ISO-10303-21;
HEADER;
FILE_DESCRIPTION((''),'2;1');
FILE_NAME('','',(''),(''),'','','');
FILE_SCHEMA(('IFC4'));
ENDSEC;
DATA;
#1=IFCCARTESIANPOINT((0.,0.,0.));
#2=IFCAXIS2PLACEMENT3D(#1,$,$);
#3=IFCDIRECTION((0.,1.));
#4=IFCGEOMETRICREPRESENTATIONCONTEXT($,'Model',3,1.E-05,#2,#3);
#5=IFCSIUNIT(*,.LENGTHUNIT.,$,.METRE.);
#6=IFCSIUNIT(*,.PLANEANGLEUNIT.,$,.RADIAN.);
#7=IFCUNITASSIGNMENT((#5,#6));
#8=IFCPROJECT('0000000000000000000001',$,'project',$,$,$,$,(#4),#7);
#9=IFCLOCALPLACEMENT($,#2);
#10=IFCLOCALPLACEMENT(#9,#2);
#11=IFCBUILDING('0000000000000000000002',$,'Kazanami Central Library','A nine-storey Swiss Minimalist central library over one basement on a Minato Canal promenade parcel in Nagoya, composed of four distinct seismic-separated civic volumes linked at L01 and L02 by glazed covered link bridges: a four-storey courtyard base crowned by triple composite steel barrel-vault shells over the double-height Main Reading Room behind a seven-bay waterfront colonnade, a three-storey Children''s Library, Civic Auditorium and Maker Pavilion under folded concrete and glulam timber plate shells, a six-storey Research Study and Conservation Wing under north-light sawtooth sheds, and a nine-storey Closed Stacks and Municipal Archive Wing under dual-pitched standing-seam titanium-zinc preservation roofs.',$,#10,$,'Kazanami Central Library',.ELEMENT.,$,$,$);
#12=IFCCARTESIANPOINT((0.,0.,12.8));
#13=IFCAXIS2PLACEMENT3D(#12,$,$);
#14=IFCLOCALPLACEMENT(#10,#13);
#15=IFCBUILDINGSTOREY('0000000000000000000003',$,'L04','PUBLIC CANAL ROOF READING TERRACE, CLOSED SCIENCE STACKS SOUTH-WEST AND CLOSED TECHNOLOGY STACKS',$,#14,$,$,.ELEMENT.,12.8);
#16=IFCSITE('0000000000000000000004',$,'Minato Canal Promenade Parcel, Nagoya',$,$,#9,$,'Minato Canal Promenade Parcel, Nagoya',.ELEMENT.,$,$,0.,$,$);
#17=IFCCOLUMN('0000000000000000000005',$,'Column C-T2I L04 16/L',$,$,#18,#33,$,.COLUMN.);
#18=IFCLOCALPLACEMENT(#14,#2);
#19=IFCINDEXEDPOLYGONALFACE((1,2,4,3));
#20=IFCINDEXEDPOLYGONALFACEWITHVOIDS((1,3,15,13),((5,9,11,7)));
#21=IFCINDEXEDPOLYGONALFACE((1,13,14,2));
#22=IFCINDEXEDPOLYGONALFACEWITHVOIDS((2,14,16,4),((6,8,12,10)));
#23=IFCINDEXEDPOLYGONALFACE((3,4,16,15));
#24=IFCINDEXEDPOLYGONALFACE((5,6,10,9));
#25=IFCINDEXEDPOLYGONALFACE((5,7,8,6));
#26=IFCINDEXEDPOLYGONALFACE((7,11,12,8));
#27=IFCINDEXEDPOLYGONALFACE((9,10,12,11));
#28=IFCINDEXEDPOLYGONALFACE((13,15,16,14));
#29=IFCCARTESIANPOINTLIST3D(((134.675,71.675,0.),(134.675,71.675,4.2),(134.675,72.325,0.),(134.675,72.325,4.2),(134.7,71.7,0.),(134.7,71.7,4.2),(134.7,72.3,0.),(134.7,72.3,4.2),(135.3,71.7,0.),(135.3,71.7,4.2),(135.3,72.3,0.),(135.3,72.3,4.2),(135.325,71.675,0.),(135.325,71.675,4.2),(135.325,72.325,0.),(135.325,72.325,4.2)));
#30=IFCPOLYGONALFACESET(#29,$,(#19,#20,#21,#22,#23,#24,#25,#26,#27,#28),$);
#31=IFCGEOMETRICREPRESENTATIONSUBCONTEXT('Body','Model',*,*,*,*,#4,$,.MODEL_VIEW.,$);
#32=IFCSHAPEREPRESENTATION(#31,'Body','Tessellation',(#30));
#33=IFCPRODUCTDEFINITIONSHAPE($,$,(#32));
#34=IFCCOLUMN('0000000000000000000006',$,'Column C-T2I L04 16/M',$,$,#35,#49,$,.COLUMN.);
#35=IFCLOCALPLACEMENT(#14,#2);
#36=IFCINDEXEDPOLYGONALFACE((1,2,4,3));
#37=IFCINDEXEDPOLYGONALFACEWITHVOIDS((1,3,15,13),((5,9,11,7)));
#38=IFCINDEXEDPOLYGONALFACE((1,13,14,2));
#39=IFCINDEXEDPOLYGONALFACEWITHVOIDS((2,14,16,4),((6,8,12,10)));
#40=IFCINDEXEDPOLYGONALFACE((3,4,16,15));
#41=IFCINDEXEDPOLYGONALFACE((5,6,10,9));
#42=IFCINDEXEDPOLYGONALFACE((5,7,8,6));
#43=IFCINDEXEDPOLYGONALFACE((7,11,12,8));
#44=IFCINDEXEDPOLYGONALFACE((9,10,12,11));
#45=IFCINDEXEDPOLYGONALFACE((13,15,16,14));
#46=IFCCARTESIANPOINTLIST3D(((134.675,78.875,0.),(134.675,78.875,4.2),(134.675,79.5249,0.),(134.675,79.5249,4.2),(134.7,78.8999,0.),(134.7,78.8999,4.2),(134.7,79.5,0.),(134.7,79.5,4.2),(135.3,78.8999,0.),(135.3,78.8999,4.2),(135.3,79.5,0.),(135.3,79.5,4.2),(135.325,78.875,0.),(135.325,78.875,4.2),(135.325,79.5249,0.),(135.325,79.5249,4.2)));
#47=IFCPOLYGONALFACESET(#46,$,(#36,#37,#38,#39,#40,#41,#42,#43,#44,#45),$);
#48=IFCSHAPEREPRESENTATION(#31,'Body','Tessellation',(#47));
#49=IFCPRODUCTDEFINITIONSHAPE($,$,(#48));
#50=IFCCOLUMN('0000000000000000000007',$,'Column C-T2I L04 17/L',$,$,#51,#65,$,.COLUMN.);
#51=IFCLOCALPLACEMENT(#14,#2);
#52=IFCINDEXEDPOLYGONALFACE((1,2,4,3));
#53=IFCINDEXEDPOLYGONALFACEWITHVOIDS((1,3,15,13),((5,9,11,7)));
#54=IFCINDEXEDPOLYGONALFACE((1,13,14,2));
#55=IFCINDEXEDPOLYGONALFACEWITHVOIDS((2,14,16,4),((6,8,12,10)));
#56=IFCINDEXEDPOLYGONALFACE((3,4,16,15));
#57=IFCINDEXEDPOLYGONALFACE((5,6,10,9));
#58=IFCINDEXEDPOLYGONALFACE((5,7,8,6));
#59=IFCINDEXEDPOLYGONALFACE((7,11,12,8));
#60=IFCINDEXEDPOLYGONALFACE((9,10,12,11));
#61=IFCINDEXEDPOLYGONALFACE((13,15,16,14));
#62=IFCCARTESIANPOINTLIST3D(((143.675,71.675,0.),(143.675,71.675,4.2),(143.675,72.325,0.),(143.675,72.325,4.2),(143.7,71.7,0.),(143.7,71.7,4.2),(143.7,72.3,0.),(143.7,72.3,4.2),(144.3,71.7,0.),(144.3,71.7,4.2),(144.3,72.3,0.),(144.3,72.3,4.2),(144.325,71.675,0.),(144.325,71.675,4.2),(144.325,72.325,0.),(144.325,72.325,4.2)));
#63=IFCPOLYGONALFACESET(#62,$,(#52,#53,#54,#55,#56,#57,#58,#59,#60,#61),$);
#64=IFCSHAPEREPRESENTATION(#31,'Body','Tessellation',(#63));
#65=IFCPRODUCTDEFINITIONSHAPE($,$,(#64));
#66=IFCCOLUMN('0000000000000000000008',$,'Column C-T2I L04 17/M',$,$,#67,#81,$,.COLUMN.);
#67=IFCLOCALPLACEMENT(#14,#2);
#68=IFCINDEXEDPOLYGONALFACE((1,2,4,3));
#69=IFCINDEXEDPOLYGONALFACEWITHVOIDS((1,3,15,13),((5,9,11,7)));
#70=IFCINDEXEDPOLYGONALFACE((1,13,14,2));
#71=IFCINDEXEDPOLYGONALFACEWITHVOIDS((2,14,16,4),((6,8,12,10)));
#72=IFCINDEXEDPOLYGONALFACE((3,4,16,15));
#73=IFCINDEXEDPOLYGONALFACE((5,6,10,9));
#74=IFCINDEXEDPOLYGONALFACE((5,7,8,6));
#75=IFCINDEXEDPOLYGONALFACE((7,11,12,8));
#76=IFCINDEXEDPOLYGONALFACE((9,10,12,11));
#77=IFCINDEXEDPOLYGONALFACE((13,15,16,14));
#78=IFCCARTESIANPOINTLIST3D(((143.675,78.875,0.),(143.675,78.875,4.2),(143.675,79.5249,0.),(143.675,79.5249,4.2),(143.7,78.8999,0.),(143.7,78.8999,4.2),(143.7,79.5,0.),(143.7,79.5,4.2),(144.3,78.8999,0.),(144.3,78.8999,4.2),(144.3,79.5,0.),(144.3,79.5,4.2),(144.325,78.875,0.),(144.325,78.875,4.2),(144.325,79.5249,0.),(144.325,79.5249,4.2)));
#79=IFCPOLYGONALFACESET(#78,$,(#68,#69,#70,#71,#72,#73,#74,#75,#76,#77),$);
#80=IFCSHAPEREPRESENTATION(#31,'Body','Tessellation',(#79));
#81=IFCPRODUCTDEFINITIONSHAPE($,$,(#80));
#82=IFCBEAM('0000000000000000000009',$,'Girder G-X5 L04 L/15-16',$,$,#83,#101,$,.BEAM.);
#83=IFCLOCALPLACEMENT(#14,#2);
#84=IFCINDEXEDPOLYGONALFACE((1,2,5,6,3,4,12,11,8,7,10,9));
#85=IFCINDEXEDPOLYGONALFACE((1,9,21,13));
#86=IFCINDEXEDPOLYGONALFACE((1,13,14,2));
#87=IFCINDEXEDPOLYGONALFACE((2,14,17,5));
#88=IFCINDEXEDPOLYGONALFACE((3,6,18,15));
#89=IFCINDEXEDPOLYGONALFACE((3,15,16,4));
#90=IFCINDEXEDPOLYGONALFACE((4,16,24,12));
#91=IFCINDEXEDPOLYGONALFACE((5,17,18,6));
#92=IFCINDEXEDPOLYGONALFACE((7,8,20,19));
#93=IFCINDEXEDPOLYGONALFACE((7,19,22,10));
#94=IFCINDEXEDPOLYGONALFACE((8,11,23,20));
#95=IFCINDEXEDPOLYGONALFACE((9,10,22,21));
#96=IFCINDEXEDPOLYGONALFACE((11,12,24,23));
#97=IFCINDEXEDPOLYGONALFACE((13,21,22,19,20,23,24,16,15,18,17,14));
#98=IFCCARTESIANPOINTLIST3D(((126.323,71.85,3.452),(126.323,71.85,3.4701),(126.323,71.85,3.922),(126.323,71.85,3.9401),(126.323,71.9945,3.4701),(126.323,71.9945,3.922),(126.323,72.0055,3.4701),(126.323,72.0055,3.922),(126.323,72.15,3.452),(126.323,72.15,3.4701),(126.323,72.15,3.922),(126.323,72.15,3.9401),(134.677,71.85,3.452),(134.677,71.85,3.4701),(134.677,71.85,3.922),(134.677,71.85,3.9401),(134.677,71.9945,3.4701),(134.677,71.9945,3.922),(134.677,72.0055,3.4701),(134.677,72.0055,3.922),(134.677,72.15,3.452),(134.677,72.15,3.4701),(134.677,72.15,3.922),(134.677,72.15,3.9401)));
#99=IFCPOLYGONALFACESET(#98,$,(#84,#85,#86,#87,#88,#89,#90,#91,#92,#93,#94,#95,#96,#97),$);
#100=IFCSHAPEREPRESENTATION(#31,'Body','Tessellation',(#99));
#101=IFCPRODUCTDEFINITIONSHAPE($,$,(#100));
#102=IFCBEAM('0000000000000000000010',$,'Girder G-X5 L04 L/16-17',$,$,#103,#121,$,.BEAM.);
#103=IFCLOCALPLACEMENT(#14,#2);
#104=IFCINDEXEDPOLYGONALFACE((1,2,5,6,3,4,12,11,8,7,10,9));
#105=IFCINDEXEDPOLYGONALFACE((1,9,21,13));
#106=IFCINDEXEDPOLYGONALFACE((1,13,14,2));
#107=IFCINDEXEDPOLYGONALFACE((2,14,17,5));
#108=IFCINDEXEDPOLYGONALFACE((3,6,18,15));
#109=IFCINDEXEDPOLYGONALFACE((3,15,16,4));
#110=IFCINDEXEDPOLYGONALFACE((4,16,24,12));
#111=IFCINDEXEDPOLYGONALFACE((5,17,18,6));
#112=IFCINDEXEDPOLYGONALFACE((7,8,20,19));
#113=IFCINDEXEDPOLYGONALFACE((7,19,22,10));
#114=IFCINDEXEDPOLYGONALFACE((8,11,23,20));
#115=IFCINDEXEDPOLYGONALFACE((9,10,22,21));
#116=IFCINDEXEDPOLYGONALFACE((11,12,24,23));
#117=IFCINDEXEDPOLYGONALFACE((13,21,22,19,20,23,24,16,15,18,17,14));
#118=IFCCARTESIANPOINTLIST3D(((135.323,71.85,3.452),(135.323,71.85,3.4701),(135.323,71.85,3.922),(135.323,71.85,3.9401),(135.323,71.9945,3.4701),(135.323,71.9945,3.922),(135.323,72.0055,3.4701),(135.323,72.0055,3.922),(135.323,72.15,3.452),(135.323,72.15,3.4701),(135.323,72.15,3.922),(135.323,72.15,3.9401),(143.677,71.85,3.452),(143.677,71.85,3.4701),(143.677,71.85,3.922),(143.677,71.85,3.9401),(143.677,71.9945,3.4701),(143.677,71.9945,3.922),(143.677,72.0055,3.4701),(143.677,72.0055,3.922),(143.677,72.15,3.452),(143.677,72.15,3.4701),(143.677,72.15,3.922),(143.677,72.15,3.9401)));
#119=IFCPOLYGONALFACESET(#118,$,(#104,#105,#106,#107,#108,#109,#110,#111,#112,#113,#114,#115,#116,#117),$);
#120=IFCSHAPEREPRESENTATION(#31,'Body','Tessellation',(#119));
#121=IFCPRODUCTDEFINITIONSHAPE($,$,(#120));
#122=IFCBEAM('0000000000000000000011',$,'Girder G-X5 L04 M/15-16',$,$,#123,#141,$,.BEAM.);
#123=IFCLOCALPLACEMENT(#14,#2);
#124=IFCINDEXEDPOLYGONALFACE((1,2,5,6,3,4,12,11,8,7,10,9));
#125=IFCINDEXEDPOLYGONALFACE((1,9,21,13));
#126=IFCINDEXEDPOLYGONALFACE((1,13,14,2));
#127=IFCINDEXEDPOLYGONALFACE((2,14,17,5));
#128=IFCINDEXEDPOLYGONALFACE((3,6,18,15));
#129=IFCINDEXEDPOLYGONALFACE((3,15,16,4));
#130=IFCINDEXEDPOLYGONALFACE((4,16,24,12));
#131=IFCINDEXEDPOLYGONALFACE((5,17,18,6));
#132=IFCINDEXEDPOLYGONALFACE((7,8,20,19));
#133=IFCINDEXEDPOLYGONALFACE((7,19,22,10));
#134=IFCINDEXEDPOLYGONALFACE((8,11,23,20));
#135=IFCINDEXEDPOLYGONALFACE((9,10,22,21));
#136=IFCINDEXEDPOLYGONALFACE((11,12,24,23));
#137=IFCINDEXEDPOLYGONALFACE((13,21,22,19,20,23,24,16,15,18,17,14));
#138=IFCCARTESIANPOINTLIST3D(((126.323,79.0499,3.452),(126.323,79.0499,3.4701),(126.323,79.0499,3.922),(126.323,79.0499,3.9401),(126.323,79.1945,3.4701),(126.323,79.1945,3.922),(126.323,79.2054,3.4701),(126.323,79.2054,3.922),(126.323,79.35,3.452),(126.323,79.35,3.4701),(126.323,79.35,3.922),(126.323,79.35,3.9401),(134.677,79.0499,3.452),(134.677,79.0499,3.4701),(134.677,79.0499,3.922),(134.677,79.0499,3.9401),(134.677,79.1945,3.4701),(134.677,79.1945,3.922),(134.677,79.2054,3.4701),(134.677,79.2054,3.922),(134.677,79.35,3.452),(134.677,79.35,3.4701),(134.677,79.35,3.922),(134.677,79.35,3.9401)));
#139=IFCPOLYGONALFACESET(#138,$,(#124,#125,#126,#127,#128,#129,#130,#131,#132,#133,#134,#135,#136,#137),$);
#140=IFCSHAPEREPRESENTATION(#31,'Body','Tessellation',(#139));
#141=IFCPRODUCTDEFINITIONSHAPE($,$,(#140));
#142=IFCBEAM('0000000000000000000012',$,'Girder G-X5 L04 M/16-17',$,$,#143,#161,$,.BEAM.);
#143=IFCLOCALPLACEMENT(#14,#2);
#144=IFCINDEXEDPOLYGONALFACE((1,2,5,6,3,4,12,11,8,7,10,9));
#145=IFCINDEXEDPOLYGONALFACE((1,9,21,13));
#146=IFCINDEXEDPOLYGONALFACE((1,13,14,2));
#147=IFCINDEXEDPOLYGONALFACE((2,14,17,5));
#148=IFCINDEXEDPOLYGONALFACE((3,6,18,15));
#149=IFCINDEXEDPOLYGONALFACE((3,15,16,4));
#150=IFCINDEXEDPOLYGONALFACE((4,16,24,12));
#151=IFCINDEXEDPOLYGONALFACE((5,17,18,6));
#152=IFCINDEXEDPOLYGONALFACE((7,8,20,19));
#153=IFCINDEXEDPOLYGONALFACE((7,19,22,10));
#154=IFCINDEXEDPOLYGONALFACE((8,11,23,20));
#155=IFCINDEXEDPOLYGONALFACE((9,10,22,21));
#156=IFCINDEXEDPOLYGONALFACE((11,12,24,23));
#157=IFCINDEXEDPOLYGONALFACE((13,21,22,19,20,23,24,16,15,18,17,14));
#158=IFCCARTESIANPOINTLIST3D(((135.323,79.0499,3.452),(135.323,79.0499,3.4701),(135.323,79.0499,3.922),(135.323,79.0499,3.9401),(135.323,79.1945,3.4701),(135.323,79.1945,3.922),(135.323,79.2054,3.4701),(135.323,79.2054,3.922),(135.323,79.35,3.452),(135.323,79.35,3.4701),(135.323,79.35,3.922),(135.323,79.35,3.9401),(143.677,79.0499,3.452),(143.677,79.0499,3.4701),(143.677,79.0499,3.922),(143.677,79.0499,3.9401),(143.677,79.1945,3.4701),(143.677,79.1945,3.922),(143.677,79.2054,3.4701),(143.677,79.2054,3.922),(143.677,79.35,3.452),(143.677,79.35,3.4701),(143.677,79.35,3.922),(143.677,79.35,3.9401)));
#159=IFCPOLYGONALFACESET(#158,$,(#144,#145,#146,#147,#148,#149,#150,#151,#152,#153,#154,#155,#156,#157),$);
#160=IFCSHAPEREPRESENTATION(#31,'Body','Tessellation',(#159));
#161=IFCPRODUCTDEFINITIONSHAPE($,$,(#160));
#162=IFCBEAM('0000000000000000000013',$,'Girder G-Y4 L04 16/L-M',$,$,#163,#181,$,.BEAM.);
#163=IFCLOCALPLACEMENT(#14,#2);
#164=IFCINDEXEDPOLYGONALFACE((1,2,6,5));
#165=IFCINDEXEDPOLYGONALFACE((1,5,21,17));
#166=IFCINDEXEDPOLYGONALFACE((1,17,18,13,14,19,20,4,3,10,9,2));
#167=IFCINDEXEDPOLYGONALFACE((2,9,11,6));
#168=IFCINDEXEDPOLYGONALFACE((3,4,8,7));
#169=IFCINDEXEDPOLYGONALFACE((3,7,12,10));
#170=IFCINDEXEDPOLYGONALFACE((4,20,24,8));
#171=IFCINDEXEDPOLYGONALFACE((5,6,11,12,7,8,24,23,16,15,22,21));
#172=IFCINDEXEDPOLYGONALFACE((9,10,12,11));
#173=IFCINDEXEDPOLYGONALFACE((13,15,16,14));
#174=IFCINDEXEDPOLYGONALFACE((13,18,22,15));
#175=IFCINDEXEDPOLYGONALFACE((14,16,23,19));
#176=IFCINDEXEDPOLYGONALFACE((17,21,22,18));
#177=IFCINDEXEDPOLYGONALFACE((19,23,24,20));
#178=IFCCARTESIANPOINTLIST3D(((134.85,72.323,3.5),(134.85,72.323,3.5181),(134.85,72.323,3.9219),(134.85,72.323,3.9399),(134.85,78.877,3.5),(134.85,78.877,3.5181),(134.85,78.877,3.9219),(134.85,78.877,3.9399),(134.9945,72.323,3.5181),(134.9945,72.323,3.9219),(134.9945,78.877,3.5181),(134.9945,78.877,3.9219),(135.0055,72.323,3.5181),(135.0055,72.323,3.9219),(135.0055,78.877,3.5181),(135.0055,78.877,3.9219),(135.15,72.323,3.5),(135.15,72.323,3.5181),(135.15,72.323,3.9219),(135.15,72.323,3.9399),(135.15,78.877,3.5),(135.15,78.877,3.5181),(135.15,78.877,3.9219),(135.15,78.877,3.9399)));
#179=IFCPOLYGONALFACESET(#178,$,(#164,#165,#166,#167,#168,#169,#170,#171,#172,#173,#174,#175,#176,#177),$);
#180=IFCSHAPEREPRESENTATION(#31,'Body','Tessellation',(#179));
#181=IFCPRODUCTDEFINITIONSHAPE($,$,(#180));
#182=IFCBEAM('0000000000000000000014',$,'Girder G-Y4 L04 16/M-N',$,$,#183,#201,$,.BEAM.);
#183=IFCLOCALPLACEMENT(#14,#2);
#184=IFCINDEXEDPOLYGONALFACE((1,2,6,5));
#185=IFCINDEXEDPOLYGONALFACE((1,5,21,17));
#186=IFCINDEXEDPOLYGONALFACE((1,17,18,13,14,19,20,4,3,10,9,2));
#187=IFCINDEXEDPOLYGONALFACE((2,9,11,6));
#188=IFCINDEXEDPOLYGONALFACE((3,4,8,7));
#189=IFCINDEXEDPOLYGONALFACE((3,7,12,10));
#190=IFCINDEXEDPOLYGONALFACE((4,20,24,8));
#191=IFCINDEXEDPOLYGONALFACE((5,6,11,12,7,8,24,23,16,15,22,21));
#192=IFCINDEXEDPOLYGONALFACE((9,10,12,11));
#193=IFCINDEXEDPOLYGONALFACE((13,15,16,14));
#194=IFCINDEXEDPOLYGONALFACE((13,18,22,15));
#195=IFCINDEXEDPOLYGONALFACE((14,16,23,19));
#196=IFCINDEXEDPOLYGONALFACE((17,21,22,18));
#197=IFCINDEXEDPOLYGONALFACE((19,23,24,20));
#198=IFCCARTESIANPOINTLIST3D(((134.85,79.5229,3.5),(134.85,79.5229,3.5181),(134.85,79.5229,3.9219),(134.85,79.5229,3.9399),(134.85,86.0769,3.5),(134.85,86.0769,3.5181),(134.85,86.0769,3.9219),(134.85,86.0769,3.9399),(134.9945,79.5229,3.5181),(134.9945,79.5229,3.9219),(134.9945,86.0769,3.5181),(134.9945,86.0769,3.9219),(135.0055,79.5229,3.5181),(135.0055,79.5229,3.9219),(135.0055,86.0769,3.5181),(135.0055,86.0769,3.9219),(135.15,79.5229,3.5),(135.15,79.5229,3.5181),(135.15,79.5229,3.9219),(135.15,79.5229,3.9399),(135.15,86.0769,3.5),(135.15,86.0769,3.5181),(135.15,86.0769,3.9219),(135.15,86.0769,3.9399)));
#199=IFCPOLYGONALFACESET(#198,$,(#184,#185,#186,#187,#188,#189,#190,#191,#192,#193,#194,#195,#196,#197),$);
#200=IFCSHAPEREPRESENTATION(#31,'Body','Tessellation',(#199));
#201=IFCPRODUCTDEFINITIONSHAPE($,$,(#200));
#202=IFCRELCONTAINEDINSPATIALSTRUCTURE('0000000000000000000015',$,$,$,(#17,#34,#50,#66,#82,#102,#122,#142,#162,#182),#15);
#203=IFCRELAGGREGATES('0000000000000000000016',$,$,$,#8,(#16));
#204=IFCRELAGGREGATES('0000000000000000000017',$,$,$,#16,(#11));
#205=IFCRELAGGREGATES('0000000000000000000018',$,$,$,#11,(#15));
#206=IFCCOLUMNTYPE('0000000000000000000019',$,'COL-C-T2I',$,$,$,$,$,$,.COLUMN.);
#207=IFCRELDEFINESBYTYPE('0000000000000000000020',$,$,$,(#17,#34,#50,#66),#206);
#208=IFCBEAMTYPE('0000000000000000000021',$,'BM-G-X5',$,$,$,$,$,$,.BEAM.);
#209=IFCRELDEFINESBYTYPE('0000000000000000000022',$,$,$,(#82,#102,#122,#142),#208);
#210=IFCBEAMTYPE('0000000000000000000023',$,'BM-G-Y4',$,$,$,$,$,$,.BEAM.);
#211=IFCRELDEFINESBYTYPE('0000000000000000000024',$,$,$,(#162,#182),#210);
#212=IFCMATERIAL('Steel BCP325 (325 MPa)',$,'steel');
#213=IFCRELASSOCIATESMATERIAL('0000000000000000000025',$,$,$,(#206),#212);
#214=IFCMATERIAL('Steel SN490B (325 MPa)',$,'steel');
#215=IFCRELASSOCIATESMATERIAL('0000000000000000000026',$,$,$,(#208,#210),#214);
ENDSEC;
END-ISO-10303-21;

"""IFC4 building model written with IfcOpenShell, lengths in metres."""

from ifc_helpers import new_model, si_unit, direction, frame, origin, origin_2d, place, context, subcontext, project, spatial, hollow_rectangle, i_section, extrude, material, material_profile, profile_set, type_object, element, save


model = new_model("IFC4")

# Units and contexts
model_context = context("Model", 3, precision=1e-05, world=origin(), true_north=direction((0.0, 1.0)))
body_context = subcontext(model_context, "Body", "Model", "MODEL_VIEW")
ifc_project = project(units=[si_unit("LENGTHUNIT", "METRE"), si_unit("PLANEANGLEUNIT", "RADIAN")], contexts=[model_context])

# Site, building, storey
site_placement = place(None, origin())
site = spatial("IfcSite", under=ifc_project, at=site_placement, Name="Minato Canal Promenade Parcel, Nagoya", LongName="Minato Canal Promenade Parcel, Nagoya", CompositionType="ELEMENT", RefElevation=0.0)
building_placement = place(site_placement, origin())
building = spatial("IfcBuilding", under=site, at=building_placement, Name="Kazanami Central Library", Description="A nine-storey Swiss Minimalist central library over one basement on a Minato Canal promenade parcel in Nagoya, composed of four distinct seismic-separated civic volumes linked at L01 and L02 by glazed covered link bridges: a four-storey courtyard base crowned by triple composite steel barrel-vault shells over the double-height Main Reading Room behind a seven-bay waterfront colonnade, a three-storey Children's Library, Civic Auditorium and Maker Pavilion under folded concrete and glulam timber plate shells, a six-storey Research Study and Conservation Wing under north-light sawtooth sheds, and a nine-storey Closed Stacks and Municipal Archive Wing under dual-pitched standing-seam titanium-zinc preservation roofs.", LongName="Kazanami Central Library", CompositionType="ELEMENT")
storey_placement = place(building_placement, frame((0.0, 0.0, 12.8)))
storey = spatial("IfcBuildingStorey", under=building, at=storey_placement, Name="L04", Description="PUBLIC CANAL ROOF READING TERRACE, CLOSED SCIENCE STACKS SOUTH-WEST AND CLOSED TECHNOLOGY STACKS", CompositionType="ELEMENT", Elevation=12.8)

# Columns
ifc_material_1 = material(Name="Steel BCP325 (325 MPa)", Category="steel")
ifc_material_profile_1 = material_profile(ifc_material_1, hollow_rectangle(XDim=0.6499, YDim=0.6499, WallThickness=0.0249, at=origin_2d()), Name="BCP-650x650x25")
ifc_profile_set_1 = profile_set([ifc_material_profile_1], Name="Steel BCP325 (325 MPa)")
column_type = type_object("IfcColumnType", Name="COL-C-T2I", PredefinedType="COLUMN", material=ifc_profile_set_1)
for number, where, z_axis, x_axis, name in (
    (1, (135.0, 72.0, 0.0), (0.0, 0.0, 1.0), (1.0, 0.0, 0.0), "Column C-T2I L04 16/L"),
    (2, (135.0, 79.2, 0.0), (0.0, 0.0, 1.0), (1.0, 0.0, 0.0), "Column C-T2I L04 16/M"),
    (3, (144.0, 72.0, 0.0), (0.0, 0.0, 1.0), (1.0, 0.0, 0.0), "Column C-T2I L04 17/L"),
    (4, (144.0, 79.2, 0.0), (0.0, 0.0, 1.0), (1.0, 0.0, 0.0), "Column C-T2I L04 17/M"),
):
    element("IfcColumn", number, at=place(storey_placement, frame(where, z_axis=z_axis, x_axis=x_axis)), inside=storey, type_object=column_type, Name=name, PredefinedType="COLUMN", context=body_context, shape_type="SweptSolid", body=[
        extrude(hollow_rectangle(XDim=0.6499, YDim=0.6499, WallThickness=0.0249, at=origin_2d()), origin(), (0.0, 0.0, 1.0), 4.2),
    ])

# Beams
ifc_material_2 = material(Name="Steel SN490B (325 MPa)", Category="steel")
ifc_material_profile_2 = material_profile(ifc_material_2, i_section(OverallWidth=0.3, OverallDepth=0.488, WebThickness=0.011, FlangeThickness=0.0181, at=origin_2d()), Name="H-488x300x11x18")
ifc_profile_set_2 = profile_set([ifc_material_profile_2], Name="Steel SN490B (325 MPa)")
beam_type_1 = type_object("IfcBeamType", Name="BM-G-X5", PredefinedType="BEAM", material=ifc_profile_set_2)
for number, where, z_axis, x_axis, name in (
    (5, (126.323, 72.0, 3.696), (1.0, 0.0, 0.0), (0.0, 1.0, 0.0), "Girder G-X5 L04 L/15-16"),
    (6, (135.323, 72.0, 3.696), (1.0, 0.0, 0.0), (0.0, 1.0, 0.0), "Girder G-X5 L04 L/16-17"),
    (7, (126.323, 79.2, 3.696), (1.0, 0.0, 0.0), (0.0, 1.0, 0.0), "Girder G-X5 L04 M/15-16"),
    (8, (135.323, 79.2, 3.696), (1.0, 0.0, 0.0), (0.0, 1.0, 0.0), "Girder G-X5 L04 M/16-17"),
):
    element("IfcBeam", number, at=place(storey_placement, frame(where, z_axis=z_axis, x_axis=x_axis)), inside=storey, type_object=beam_type_1, Name=name, PredefinedType="BEAM", context=body_context, shape_type="SweptSolid", body=[
        extrude(i_section(OverallWidth=0.3, OverallDepth=0.488, WebThickness=0.011, FlangeThickness=0.0181, at=origin_2d()), origin(), (0.0, 0.0, 1.0), 8.354),
    ])
ifc_material_profile_3 = material_profile(ifc_material_2, i_section(OverallWidth=0.3, OverallDepth=0.4399, WebThickness=0.011, FlangeThickness=0.0181, at=origin_2d()), Name="H-440x300x11x18")
ifc_profile_set_3 = profile_set([ifc_material_profile_3], Name="Steel SN490B (325 MPa)")
beam_type_2 = type_object("IfcBeamType", Name="BM-G-Y4", PredefinedType="BEAM", material=ifc_profile_set_3)
for number, where, z_axis, x_axis, name in (
    (9, (135.0, 72.323, 3.72), (0.0, 1.0, 0.0), (-1.0, 0.0, 0.0), "Girder G-Y4 L04 16/L-M"),
    (10, (135.0, 79.5229, 3.72), (0.0, 1.0, 0.0), (-1.0, 0.0, 0.0), "Girder G-Y4 L04 16/M-N"),
):
    element("IfcBeam", number, at=place(storey_placement, frame(where, z_axis=z_axis, x_axis=x_axis)), inside=storey, type_object=beam_type_2, Name=name, PredefinedType="BEAM", context=body_context, shape_type="SweptSolid", body=[
        extrude(i_section(OverallWidth=0.3, OverallDepth=0.4399, WebThickness=0.011, FlangeThickness=0.0181, at=origin_2d()), origin(), (0.0, 0.0, 1.0), 6.554),
    ])

save(model, "model.ifc")
